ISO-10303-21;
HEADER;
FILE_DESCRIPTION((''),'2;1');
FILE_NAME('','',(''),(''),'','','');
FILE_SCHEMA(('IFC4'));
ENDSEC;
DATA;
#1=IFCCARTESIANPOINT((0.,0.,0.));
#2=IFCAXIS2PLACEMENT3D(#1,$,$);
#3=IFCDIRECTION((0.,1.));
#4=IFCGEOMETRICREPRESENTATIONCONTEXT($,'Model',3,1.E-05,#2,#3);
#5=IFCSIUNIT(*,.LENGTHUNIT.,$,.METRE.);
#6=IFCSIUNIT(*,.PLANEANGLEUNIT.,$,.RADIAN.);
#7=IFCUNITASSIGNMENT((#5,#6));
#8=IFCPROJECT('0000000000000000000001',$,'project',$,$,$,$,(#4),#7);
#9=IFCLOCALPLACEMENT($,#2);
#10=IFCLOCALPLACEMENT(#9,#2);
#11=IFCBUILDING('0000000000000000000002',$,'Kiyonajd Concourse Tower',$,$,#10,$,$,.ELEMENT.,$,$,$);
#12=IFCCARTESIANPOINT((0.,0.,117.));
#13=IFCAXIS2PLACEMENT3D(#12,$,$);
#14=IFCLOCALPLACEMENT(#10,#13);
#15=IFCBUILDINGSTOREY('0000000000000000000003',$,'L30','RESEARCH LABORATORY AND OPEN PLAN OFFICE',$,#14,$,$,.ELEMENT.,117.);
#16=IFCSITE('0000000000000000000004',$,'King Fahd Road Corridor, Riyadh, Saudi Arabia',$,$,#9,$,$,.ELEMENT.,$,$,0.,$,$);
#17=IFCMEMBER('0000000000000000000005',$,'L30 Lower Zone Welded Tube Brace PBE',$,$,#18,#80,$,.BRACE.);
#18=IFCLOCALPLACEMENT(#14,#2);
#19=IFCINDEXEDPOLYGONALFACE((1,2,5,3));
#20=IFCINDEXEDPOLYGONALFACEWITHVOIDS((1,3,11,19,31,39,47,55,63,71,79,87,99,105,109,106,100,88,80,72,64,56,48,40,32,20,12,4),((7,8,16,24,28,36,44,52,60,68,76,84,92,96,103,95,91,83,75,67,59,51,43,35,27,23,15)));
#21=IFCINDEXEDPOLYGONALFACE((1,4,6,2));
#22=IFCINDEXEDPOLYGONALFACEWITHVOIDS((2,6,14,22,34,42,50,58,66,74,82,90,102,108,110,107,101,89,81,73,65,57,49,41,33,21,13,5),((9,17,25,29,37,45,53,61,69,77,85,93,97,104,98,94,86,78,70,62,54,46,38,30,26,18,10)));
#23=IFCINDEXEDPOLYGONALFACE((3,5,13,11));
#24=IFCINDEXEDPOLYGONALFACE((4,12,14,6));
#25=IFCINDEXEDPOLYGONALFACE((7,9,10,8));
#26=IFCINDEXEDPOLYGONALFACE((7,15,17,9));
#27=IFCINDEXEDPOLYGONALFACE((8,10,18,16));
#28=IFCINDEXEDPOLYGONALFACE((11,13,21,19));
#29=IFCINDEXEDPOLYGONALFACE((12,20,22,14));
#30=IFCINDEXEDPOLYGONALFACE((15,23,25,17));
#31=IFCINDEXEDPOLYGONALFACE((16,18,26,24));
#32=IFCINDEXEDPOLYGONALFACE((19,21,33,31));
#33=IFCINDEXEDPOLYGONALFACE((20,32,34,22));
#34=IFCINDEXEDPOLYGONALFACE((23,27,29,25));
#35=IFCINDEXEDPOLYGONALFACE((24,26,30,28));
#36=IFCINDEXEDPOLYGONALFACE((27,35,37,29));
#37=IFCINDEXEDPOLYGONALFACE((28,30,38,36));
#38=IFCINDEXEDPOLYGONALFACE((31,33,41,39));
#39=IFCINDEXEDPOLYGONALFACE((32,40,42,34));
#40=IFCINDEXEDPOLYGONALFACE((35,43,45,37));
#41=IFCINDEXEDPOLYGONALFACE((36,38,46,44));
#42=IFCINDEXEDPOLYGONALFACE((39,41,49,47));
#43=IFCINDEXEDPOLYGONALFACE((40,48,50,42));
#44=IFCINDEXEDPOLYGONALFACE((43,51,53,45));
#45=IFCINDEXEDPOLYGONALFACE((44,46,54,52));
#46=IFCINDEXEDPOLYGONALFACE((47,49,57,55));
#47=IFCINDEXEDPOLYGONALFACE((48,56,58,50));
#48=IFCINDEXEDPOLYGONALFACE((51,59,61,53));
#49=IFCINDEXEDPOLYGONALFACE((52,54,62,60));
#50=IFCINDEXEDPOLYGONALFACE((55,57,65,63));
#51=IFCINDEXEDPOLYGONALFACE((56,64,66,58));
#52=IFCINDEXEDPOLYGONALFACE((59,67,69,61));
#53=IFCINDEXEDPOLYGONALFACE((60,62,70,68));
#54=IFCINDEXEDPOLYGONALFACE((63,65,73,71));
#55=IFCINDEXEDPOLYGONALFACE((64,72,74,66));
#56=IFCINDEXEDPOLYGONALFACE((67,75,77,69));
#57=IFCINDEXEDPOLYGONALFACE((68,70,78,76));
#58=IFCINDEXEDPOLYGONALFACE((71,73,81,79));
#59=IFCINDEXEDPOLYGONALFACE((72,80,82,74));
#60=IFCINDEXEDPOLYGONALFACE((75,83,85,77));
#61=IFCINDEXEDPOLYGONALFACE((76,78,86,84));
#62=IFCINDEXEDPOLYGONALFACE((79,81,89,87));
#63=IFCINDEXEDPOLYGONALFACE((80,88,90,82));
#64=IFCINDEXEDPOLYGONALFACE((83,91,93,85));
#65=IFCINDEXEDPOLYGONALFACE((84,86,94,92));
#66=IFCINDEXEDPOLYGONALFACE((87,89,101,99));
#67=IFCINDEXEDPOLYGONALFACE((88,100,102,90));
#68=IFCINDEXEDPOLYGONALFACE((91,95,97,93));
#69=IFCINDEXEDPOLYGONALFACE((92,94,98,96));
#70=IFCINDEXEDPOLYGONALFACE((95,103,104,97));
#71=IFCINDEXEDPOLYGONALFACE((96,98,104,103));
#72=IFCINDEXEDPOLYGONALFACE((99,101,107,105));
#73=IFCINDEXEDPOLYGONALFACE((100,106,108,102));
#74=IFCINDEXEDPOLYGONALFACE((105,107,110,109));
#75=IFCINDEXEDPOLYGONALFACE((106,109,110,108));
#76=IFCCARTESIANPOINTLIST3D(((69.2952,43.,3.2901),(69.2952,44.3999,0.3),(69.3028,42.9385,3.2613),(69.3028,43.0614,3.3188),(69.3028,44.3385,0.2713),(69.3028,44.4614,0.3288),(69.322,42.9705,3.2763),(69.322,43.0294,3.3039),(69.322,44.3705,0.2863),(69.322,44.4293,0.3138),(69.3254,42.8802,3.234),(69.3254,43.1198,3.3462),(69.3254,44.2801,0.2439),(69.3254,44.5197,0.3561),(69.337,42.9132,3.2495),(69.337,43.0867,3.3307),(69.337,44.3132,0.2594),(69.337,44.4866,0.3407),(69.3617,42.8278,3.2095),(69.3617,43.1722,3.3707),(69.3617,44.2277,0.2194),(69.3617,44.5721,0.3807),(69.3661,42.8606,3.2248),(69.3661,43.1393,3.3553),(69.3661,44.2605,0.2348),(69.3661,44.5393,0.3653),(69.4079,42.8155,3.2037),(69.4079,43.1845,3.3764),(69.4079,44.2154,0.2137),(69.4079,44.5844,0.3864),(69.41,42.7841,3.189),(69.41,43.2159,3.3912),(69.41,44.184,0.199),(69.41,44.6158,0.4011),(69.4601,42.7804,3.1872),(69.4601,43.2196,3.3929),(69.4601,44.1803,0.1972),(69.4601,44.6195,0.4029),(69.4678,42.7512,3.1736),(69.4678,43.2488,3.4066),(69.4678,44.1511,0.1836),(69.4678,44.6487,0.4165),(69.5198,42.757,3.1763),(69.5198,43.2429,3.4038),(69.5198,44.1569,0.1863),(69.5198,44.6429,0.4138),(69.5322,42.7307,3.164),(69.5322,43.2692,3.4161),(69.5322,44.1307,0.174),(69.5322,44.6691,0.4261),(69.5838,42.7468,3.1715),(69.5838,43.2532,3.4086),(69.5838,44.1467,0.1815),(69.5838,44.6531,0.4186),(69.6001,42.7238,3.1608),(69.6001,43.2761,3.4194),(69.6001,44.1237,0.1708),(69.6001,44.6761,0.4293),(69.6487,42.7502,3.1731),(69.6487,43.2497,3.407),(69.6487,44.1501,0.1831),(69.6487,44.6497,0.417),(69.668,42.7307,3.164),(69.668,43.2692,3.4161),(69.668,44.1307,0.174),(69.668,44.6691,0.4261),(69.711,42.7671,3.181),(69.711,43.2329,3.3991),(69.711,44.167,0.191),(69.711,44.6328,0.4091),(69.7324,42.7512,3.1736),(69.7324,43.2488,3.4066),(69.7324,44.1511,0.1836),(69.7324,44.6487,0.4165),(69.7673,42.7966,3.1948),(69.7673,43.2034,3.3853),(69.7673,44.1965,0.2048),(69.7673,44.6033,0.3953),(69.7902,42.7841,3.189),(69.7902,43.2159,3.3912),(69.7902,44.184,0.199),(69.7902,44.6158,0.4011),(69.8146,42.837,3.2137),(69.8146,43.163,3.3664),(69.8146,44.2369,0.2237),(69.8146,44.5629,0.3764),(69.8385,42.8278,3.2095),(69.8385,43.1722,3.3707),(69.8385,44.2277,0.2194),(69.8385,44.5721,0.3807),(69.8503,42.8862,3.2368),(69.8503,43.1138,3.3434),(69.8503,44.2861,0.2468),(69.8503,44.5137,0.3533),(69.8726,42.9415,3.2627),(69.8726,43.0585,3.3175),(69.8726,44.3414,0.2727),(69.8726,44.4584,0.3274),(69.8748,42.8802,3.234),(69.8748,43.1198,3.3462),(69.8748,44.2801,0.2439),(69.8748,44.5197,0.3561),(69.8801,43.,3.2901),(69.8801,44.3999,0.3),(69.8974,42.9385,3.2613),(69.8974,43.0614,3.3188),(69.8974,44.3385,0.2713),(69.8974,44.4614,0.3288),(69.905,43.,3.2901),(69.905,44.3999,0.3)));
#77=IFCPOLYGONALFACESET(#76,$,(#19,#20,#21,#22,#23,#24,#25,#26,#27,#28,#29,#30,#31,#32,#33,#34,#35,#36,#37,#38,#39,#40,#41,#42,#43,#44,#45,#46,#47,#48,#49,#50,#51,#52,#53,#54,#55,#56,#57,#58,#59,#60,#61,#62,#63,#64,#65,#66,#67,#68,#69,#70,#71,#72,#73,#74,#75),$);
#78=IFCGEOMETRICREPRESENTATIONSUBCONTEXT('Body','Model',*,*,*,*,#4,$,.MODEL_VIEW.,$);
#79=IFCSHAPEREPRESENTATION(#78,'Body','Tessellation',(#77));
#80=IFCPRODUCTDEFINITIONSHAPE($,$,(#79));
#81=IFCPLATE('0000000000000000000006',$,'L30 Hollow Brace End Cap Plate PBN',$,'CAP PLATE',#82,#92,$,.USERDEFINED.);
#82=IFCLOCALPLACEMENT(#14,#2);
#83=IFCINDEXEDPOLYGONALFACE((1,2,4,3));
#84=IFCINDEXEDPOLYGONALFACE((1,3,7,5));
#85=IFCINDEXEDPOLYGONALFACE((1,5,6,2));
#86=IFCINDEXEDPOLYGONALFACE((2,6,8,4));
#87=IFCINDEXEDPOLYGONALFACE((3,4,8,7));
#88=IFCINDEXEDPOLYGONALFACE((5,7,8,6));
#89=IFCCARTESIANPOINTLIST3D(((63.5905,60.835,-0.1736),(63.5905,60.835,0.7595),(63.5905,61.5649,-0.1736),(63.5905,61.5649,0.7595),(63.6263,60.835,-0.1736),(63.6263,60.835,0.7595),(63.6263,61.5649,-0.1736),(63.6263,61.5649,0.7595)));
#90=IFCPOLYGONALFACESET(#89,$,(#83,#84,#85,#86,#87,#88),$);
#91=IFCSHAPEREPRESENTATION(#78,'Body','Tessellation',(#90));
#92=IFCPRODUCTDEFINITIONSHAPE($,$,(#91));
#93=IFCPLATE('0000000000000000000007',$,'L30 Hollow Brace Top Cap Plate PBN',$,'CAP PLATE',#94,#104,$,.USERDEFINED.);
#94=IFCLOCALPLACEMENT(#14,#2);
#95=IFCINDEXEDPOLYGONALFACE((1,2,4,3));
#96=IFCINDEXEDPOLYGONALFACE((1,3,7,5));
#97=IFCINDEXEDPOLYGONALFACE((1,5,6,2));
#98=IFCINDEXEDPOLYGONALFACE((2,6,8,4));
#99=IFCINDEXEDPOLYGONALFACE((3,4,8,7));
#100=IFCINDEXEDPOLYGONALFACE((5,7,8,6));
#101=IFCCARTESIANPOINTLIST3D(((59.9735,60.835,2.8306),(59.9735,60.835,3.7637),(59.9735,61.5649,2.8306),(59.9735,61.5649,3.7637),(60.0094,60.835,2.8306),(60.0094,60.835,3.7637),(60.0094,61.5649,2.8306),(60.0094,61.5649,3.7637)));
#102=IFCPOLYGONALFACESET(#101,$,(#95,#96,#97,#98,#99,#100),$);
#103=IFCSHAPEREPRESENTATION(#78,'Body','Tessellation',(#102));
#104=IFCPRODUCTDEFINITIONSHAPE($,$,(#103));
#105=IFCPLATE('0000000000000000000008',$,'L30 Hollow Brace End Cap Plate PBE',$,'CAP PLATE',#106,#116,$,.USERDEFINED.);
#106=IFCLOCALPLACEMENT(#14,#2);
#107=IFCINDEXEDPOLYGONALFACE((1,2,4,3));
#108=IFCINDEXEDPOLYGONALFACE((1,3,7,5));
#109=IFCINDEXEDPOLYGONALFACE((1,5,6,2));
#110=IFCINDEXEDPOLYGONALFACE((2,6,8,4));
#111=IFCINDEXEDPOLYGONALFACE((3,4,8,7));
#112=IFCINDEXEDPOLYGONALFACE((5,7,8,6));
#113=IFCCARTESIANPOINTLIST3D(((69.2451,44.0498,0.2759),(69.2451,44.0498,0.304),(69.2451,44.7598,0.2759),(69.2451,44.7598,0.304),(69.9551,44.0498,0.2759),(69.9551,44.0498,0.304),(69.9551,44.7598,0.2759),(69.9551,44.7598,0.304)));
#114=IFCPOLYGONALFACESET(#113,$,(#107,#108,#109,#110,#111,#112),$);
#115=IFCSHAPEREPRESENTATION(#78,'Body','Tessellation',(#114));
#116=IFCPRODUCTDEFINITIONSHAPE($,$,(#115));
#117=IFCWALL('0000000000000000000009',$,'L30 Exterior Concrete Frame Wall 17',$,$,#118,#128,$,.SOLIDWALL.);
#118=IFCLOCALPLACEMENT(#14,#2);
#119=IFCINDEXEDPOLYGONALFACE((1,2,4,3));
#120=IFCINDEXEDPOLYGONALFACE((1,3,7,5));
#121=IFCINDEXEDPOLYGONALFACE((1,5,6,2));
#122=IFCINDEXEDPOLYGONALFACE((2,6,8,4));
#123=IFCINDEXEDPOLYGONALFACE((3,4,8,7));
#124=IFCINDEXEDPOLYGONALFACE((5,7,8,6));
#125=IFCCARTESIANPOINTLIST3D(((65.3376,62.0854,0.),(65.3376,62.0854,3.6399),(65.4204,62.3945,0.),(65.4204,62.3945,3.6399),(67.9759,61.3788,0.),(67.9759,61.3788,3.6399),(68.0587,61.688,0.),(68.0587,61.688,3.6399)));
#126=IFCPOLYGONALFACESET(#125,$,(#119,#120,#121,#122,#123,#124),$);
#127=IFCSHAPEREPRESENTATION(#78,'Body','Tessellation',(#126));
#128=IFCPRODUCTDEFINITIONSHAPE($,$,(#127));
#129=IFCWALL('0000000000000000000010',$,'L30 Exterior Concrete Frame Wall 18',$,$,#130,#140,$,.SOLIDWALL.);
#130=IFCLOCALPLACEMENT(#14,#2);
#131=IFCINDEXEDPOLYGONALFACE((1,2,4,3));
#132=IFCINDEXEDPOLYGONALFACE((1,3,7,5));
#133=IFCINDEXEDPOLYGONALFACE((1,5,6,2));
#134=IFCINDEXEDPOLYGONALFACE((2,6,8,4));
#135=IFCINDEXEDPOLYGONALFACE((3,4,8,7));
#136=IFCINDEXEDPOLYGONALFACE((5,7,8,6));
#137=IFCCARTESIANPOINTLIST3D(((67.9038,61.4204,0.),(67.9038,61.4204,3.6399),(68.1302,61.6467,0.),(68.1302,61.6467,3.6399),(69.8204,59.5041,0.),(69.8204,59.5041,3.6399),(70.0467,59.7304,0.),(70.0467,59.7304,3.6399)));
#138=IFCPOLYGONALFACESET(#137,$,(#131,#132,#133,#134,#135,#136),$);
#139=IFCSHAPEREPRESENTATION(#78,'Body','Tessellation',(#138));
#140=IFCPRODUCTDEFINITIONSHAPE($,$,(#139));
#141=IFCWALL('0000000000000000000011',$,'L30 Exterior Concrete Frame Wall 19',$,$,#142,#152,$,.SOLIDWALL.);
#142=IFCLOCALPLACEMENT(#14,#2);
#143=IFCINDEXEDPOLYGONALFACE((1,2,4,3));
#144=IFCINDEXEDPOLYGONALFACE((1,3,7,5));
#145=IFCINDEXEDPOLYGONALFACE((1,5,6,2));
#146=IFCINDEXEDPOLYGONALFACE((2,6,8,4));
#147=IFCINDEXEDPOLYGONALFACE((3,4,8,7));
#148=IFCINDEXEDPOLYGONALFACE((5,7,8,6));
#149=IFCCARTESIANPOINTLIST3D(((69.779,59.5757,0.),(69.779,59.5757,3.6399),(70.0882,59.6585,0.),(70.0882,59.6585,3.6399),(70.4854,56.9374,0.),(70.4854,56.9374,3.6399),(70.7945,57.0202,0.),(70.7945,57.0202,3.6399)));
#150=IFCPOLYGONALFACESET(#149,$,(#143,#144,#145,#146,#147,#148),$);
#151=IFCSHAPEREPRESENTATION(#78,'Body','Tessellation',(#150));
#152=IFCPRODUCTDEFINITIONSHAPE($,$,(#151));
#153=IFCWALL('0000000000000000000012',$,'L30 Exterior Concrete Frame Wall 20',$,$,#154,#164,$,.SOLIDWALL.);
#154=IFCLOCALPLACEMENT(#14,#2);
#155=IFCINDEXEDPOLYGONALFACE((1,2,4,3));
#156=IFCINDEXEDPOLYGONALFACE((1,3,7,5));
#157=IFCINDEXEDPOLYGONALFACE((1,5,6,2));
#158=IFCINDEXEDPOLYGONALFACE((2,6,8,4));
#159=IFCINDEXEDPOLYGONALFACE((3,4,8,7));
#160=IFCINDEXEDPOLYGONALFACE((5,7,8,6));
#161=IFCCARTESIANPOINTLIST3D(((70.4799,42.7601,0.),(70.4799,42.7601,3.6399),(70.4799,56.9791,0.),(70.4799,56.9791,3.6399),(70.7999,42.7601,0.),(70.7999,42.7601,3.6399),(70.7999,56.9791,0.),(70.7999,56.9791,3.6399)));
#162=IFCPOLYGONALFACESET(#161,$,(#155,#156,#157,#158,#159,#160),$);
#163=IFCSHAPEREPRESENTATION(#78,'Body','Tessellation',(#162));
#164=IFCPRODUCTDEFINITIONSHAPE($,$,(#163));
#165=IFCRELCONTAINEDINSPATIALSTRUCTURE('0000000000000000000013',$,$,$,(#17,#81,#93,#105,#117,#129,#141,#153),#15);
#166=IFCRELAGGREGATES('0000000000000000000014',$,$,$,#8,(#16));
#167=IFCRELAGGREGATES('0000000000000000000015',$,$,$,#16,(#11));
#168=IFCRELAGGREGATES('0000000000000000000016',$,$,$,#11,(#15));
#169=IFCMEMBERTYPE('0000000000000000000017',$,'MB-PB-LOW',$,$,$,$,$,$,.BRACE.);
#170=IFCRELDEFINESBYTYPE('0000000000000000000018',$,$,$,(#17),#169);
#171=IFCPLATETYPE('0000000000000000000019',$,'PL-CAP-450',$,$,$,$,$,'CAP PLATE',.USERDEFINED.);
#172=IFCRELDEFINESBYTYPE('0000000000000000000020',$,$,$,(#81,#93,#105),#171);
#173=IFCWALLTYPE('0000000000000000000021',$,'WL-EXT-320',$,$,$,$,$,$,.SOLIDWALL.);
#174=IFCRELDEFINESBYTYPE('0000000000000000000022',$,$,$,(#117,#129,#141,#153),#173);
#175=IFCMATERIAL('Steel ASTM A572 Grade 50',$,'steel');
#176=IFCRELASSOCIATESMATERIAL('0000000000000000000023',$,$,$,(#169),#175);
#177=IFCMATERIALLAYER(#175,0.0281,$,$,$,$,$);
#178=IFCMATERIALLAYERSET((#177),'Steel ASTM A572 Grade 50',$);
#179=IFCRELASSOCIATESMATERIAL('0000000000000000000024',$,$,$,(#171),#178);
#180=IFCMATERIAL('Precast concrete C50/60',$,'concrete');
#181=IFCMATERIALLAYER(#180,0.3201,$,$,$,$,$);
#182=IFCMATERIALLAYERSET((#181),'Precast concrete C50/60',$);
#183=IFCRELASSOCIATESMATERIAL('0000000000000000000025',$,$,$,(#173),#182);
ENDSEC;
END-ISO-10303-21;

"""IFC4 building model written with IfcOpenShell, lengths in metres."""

from ifc_helpers import new_model, si_unit, direction, frame, frame_2d, origin, origin_2d, place, context, subcontext, project, spatial, rectangle, hollow_circle, extrude, material, layer, layer_set, material_profile, profile_set, type_object, element, save


model = new_model("IFC4")

# Units and contexts
model_context = context("Model", 3, precision=1e-05, world=origin(), true_north=direction((0.0, 1.0)))
body_context = subcontext(model_context, "Body", "Model", "MODEL_VIEW")
ifc_project = project(units=[si_unit("LENGTHUNIT", "METRE"), si_unit("PLANEANGLEUNIT", "RADIAN")], contexts=[model_context])

# Site, building, storey
site_placement = place(None, origin())
site = spatial("IfcSite", under=ifc_project, at=site_placement, Name="King Fahd Road Corridor, Riyadh, Saudi Arabia", CompositionType="ELEMENT", RefElevation=0.0)
building_placement = place(site_placement, origin())
building = spatial("IfcBuilding", under=site, at=building_placement, Name="Kiyonajd Concourse Tower", CompositionType="ELEMENT")
storey_placement = place(building_placement, frame((0.0, 0.0, 117.0)))
storey = spatial("IfcBuildingStorey", under=building, at=storey_placement, Name="L30", Description="RESEARCH LABORATORY AND OPEN PLAN OFFICE", CompositionType="ELEMENT", Elevation=117.0)

# Shared definitions
ifc_material_1 = material(Name="Precast concrete C50/60", Category="concrete")

# Member
ifc_material_2 = material(Name="Steel ASTM A572 Grade 50", Category="steel")
ifc_material_profile_1 = material_profile(ifc_material_2, hollow_circle(Radius=0.3049, WallThickness=0.0249, at=origin_2d()), Name="CHS-610x25")
ifc_profile_set_1 = profile_set([ifc_material_profile_1], Name="Steel ASTM A572 Grade 50")
member_type = type_object("IfcMemberType", Name="MB-PB-LOW", PredefinedType="BRACE", material=ifc_profile_set_1)
member_1_placement = place(storey_placement, frame((69.6001, 44.3999, 0.3), z_axis=(0.0, -0.424023, 0.905652), x_axis=(1.0, 0.0, 0.0)))
element("IfcMember", 1, at=member_1_placement, inside=storey, type_object=member_type, Name="L30 Lower Zone Welded Tube Brace PBE", PredefinedType="BRACE", context=body_context, shape_type="SweptSolid", body=[
    extrude(hollow_circle(Radius=0.3049, WallThickness=0.0249, at=origin_2d()), origin(), (0.0, 0.0, 1.0), 3.3015),
])

# Plates
ifc_layer_1 = layer(ifc_material_2, 0.0281)
ifc_layer_set_1 = layer_set([ifc_layer_1], Name="Steel ASTM A572 Grade 50")
plate_type = type_object("IfcPlateType", Name="PL-CAP-450", ElementType="CAP PLATE", PredefinedType="USERDEFINED", material=ifc_layer_set_1)
for number, where, z_axis, x_axis, name in (
    (2, (63.6084, 61.2, -0.1736), (0.0, 0.0, 1.0), (1.0, 0.0, 0.0), "L30 Hollow Brace End Cap Plate PBN"),
    (3, (59.9915, 61.2, 2.8306), (0.0, 0.0, 1.0), (-1.0, 0.0, 0.0), "L30 Hollow Brace Top Cap Plate PBN"),
):
    element("IfcPlate", number, at=place(storey_placement, frame(where, z_axis=z_axis, x_axis=x_axis)), inside=storey, type_object=plate_type, Name=name, ObjectType="CAP PLATE", PredefinedType="USERDEFINED", context=body_context, shape_type="SweptSolid", body=[
        extrude(rectangle(XDim=0.0359, YDim=0.73, at=origin_2d()), origin(), (0.0, 0.0, 1.0), 0.9331),
    ])
plate_placement = place(storey_placement, frame((69.6001, 44.4048, 0.2759), z_axis=(0.0, 0.0, 1.0), x_axis=(1.0, 0.0, 0.0)))
element("IfcPlate", 4, at=plate_placement, inside=storey, type_object=plate_type, Name="L30 Hollow Brace End Cap Plate PBE", ObjectType="CAP PLATE", PredefinedType="USERDEFINED", context=body_context, shape_type="SweptSolid", body=[
    extrude(rectangle(XDim=0.71, YDim=0.71, at=origin_2d()), origin(), (0.0, 0.0, 1.0), 0.0281),
])

# Walls
ifc_layer_2 = layer(ifc_material_1, 0.3201)
ifc_layer_set_2 = layer_set([ifc_layer_2], Name="Precast concrete C50/60")
wall_type = type_object("IfcWallType", Name="WL-EXT-320", PredefinedType="SOLIDWALL", material=ifc_layer_set_2)
wall_1_placement = place(storey_placement, frame((65.3789, 62.24, 0.0), z_axis=(0.0, 0.0, 1.0), x_axis=(0.965958, -0.258697, 0.0)))
element("IfcWall", 5, at=wall_1_placement, inside=storey, type_object=wall_type, Name="L30 Exterior Concrete Frame Wall 17", PredefinedType="SOLIDWALL", context=body_context, shape_type="SweptSolid", body=[
    extrude(rectangle(XDim=2.7312, YDim=0.3201, at=frame_2d((1.3657, 0.0))), origin(), (0.0, 0.0, 1.0), 3.6399),
])
wall_2_placement = place(storey_placement, frame((68.0171, 61.5334, 0.0), z_axis=(0.0, 0.0, 1.0), x_axis=(0.707152, -0.707062, 0.0)))
element("IfcWall", 6, at=wall_2_placement, inside=storey, type_object=wall_type, Name="L30 Exterior Concrete Frame Wall 18", PredefinedType="SOLIDWALL", context=body_context, shape_type="SweptSolid", body=[
    extrude(rectangle(XDim=2.7102, YDim=0.3201, at=frame_2d((1.355, 0.0))), origin(), (0.0, 0.0, 1.0), 3.6399),
])
wall_3_placement = place(storey_placement, frame((69.9336, 59.6172, 0.0), z_axis=(0.0, 0.0, 1.0), x_axis=(0.258614, -0.965981, 0.0)))
element("IfcWall", 7, at=wall_3_placement, inside=storey, type_object=wall_type, Name="L30 Exterior Concrete Frame Wall 19", PredefinedType="SOLIDWALL", context=body_context, shape_type="SweptSolid", body=[
    extrude(rectangle(XDim=2.7312, YDim=0.3201, at=frame_2d((1.3657, 0.0))), origin(), (0.0, 0.0, 1.0), 3.6399),
])
wall_4_placement = place(storey_placement, frame((70.6399, 56.979, 0.0), z_axis=(0.0, 0.0, 1.0), x_axis=(0.0, -1.0, 0.0)))
element("IfcWall", 8, at=wall_4_placement, inside=storey, type_object=wall_type, Name="L30 Exterior Concrete Frame Wall 20", PredefinedType="SOLIDWALL", context=body_context, shape_type="SweptSolid", body=[
    extrude(rectangle(XDim=14.219, YDim=0.3201, at=frame_2d((7.1094, 0.0))), origin(), (0.0, 0.0, 1.0), 3.6399),
])

save(model, "model.ifc")
